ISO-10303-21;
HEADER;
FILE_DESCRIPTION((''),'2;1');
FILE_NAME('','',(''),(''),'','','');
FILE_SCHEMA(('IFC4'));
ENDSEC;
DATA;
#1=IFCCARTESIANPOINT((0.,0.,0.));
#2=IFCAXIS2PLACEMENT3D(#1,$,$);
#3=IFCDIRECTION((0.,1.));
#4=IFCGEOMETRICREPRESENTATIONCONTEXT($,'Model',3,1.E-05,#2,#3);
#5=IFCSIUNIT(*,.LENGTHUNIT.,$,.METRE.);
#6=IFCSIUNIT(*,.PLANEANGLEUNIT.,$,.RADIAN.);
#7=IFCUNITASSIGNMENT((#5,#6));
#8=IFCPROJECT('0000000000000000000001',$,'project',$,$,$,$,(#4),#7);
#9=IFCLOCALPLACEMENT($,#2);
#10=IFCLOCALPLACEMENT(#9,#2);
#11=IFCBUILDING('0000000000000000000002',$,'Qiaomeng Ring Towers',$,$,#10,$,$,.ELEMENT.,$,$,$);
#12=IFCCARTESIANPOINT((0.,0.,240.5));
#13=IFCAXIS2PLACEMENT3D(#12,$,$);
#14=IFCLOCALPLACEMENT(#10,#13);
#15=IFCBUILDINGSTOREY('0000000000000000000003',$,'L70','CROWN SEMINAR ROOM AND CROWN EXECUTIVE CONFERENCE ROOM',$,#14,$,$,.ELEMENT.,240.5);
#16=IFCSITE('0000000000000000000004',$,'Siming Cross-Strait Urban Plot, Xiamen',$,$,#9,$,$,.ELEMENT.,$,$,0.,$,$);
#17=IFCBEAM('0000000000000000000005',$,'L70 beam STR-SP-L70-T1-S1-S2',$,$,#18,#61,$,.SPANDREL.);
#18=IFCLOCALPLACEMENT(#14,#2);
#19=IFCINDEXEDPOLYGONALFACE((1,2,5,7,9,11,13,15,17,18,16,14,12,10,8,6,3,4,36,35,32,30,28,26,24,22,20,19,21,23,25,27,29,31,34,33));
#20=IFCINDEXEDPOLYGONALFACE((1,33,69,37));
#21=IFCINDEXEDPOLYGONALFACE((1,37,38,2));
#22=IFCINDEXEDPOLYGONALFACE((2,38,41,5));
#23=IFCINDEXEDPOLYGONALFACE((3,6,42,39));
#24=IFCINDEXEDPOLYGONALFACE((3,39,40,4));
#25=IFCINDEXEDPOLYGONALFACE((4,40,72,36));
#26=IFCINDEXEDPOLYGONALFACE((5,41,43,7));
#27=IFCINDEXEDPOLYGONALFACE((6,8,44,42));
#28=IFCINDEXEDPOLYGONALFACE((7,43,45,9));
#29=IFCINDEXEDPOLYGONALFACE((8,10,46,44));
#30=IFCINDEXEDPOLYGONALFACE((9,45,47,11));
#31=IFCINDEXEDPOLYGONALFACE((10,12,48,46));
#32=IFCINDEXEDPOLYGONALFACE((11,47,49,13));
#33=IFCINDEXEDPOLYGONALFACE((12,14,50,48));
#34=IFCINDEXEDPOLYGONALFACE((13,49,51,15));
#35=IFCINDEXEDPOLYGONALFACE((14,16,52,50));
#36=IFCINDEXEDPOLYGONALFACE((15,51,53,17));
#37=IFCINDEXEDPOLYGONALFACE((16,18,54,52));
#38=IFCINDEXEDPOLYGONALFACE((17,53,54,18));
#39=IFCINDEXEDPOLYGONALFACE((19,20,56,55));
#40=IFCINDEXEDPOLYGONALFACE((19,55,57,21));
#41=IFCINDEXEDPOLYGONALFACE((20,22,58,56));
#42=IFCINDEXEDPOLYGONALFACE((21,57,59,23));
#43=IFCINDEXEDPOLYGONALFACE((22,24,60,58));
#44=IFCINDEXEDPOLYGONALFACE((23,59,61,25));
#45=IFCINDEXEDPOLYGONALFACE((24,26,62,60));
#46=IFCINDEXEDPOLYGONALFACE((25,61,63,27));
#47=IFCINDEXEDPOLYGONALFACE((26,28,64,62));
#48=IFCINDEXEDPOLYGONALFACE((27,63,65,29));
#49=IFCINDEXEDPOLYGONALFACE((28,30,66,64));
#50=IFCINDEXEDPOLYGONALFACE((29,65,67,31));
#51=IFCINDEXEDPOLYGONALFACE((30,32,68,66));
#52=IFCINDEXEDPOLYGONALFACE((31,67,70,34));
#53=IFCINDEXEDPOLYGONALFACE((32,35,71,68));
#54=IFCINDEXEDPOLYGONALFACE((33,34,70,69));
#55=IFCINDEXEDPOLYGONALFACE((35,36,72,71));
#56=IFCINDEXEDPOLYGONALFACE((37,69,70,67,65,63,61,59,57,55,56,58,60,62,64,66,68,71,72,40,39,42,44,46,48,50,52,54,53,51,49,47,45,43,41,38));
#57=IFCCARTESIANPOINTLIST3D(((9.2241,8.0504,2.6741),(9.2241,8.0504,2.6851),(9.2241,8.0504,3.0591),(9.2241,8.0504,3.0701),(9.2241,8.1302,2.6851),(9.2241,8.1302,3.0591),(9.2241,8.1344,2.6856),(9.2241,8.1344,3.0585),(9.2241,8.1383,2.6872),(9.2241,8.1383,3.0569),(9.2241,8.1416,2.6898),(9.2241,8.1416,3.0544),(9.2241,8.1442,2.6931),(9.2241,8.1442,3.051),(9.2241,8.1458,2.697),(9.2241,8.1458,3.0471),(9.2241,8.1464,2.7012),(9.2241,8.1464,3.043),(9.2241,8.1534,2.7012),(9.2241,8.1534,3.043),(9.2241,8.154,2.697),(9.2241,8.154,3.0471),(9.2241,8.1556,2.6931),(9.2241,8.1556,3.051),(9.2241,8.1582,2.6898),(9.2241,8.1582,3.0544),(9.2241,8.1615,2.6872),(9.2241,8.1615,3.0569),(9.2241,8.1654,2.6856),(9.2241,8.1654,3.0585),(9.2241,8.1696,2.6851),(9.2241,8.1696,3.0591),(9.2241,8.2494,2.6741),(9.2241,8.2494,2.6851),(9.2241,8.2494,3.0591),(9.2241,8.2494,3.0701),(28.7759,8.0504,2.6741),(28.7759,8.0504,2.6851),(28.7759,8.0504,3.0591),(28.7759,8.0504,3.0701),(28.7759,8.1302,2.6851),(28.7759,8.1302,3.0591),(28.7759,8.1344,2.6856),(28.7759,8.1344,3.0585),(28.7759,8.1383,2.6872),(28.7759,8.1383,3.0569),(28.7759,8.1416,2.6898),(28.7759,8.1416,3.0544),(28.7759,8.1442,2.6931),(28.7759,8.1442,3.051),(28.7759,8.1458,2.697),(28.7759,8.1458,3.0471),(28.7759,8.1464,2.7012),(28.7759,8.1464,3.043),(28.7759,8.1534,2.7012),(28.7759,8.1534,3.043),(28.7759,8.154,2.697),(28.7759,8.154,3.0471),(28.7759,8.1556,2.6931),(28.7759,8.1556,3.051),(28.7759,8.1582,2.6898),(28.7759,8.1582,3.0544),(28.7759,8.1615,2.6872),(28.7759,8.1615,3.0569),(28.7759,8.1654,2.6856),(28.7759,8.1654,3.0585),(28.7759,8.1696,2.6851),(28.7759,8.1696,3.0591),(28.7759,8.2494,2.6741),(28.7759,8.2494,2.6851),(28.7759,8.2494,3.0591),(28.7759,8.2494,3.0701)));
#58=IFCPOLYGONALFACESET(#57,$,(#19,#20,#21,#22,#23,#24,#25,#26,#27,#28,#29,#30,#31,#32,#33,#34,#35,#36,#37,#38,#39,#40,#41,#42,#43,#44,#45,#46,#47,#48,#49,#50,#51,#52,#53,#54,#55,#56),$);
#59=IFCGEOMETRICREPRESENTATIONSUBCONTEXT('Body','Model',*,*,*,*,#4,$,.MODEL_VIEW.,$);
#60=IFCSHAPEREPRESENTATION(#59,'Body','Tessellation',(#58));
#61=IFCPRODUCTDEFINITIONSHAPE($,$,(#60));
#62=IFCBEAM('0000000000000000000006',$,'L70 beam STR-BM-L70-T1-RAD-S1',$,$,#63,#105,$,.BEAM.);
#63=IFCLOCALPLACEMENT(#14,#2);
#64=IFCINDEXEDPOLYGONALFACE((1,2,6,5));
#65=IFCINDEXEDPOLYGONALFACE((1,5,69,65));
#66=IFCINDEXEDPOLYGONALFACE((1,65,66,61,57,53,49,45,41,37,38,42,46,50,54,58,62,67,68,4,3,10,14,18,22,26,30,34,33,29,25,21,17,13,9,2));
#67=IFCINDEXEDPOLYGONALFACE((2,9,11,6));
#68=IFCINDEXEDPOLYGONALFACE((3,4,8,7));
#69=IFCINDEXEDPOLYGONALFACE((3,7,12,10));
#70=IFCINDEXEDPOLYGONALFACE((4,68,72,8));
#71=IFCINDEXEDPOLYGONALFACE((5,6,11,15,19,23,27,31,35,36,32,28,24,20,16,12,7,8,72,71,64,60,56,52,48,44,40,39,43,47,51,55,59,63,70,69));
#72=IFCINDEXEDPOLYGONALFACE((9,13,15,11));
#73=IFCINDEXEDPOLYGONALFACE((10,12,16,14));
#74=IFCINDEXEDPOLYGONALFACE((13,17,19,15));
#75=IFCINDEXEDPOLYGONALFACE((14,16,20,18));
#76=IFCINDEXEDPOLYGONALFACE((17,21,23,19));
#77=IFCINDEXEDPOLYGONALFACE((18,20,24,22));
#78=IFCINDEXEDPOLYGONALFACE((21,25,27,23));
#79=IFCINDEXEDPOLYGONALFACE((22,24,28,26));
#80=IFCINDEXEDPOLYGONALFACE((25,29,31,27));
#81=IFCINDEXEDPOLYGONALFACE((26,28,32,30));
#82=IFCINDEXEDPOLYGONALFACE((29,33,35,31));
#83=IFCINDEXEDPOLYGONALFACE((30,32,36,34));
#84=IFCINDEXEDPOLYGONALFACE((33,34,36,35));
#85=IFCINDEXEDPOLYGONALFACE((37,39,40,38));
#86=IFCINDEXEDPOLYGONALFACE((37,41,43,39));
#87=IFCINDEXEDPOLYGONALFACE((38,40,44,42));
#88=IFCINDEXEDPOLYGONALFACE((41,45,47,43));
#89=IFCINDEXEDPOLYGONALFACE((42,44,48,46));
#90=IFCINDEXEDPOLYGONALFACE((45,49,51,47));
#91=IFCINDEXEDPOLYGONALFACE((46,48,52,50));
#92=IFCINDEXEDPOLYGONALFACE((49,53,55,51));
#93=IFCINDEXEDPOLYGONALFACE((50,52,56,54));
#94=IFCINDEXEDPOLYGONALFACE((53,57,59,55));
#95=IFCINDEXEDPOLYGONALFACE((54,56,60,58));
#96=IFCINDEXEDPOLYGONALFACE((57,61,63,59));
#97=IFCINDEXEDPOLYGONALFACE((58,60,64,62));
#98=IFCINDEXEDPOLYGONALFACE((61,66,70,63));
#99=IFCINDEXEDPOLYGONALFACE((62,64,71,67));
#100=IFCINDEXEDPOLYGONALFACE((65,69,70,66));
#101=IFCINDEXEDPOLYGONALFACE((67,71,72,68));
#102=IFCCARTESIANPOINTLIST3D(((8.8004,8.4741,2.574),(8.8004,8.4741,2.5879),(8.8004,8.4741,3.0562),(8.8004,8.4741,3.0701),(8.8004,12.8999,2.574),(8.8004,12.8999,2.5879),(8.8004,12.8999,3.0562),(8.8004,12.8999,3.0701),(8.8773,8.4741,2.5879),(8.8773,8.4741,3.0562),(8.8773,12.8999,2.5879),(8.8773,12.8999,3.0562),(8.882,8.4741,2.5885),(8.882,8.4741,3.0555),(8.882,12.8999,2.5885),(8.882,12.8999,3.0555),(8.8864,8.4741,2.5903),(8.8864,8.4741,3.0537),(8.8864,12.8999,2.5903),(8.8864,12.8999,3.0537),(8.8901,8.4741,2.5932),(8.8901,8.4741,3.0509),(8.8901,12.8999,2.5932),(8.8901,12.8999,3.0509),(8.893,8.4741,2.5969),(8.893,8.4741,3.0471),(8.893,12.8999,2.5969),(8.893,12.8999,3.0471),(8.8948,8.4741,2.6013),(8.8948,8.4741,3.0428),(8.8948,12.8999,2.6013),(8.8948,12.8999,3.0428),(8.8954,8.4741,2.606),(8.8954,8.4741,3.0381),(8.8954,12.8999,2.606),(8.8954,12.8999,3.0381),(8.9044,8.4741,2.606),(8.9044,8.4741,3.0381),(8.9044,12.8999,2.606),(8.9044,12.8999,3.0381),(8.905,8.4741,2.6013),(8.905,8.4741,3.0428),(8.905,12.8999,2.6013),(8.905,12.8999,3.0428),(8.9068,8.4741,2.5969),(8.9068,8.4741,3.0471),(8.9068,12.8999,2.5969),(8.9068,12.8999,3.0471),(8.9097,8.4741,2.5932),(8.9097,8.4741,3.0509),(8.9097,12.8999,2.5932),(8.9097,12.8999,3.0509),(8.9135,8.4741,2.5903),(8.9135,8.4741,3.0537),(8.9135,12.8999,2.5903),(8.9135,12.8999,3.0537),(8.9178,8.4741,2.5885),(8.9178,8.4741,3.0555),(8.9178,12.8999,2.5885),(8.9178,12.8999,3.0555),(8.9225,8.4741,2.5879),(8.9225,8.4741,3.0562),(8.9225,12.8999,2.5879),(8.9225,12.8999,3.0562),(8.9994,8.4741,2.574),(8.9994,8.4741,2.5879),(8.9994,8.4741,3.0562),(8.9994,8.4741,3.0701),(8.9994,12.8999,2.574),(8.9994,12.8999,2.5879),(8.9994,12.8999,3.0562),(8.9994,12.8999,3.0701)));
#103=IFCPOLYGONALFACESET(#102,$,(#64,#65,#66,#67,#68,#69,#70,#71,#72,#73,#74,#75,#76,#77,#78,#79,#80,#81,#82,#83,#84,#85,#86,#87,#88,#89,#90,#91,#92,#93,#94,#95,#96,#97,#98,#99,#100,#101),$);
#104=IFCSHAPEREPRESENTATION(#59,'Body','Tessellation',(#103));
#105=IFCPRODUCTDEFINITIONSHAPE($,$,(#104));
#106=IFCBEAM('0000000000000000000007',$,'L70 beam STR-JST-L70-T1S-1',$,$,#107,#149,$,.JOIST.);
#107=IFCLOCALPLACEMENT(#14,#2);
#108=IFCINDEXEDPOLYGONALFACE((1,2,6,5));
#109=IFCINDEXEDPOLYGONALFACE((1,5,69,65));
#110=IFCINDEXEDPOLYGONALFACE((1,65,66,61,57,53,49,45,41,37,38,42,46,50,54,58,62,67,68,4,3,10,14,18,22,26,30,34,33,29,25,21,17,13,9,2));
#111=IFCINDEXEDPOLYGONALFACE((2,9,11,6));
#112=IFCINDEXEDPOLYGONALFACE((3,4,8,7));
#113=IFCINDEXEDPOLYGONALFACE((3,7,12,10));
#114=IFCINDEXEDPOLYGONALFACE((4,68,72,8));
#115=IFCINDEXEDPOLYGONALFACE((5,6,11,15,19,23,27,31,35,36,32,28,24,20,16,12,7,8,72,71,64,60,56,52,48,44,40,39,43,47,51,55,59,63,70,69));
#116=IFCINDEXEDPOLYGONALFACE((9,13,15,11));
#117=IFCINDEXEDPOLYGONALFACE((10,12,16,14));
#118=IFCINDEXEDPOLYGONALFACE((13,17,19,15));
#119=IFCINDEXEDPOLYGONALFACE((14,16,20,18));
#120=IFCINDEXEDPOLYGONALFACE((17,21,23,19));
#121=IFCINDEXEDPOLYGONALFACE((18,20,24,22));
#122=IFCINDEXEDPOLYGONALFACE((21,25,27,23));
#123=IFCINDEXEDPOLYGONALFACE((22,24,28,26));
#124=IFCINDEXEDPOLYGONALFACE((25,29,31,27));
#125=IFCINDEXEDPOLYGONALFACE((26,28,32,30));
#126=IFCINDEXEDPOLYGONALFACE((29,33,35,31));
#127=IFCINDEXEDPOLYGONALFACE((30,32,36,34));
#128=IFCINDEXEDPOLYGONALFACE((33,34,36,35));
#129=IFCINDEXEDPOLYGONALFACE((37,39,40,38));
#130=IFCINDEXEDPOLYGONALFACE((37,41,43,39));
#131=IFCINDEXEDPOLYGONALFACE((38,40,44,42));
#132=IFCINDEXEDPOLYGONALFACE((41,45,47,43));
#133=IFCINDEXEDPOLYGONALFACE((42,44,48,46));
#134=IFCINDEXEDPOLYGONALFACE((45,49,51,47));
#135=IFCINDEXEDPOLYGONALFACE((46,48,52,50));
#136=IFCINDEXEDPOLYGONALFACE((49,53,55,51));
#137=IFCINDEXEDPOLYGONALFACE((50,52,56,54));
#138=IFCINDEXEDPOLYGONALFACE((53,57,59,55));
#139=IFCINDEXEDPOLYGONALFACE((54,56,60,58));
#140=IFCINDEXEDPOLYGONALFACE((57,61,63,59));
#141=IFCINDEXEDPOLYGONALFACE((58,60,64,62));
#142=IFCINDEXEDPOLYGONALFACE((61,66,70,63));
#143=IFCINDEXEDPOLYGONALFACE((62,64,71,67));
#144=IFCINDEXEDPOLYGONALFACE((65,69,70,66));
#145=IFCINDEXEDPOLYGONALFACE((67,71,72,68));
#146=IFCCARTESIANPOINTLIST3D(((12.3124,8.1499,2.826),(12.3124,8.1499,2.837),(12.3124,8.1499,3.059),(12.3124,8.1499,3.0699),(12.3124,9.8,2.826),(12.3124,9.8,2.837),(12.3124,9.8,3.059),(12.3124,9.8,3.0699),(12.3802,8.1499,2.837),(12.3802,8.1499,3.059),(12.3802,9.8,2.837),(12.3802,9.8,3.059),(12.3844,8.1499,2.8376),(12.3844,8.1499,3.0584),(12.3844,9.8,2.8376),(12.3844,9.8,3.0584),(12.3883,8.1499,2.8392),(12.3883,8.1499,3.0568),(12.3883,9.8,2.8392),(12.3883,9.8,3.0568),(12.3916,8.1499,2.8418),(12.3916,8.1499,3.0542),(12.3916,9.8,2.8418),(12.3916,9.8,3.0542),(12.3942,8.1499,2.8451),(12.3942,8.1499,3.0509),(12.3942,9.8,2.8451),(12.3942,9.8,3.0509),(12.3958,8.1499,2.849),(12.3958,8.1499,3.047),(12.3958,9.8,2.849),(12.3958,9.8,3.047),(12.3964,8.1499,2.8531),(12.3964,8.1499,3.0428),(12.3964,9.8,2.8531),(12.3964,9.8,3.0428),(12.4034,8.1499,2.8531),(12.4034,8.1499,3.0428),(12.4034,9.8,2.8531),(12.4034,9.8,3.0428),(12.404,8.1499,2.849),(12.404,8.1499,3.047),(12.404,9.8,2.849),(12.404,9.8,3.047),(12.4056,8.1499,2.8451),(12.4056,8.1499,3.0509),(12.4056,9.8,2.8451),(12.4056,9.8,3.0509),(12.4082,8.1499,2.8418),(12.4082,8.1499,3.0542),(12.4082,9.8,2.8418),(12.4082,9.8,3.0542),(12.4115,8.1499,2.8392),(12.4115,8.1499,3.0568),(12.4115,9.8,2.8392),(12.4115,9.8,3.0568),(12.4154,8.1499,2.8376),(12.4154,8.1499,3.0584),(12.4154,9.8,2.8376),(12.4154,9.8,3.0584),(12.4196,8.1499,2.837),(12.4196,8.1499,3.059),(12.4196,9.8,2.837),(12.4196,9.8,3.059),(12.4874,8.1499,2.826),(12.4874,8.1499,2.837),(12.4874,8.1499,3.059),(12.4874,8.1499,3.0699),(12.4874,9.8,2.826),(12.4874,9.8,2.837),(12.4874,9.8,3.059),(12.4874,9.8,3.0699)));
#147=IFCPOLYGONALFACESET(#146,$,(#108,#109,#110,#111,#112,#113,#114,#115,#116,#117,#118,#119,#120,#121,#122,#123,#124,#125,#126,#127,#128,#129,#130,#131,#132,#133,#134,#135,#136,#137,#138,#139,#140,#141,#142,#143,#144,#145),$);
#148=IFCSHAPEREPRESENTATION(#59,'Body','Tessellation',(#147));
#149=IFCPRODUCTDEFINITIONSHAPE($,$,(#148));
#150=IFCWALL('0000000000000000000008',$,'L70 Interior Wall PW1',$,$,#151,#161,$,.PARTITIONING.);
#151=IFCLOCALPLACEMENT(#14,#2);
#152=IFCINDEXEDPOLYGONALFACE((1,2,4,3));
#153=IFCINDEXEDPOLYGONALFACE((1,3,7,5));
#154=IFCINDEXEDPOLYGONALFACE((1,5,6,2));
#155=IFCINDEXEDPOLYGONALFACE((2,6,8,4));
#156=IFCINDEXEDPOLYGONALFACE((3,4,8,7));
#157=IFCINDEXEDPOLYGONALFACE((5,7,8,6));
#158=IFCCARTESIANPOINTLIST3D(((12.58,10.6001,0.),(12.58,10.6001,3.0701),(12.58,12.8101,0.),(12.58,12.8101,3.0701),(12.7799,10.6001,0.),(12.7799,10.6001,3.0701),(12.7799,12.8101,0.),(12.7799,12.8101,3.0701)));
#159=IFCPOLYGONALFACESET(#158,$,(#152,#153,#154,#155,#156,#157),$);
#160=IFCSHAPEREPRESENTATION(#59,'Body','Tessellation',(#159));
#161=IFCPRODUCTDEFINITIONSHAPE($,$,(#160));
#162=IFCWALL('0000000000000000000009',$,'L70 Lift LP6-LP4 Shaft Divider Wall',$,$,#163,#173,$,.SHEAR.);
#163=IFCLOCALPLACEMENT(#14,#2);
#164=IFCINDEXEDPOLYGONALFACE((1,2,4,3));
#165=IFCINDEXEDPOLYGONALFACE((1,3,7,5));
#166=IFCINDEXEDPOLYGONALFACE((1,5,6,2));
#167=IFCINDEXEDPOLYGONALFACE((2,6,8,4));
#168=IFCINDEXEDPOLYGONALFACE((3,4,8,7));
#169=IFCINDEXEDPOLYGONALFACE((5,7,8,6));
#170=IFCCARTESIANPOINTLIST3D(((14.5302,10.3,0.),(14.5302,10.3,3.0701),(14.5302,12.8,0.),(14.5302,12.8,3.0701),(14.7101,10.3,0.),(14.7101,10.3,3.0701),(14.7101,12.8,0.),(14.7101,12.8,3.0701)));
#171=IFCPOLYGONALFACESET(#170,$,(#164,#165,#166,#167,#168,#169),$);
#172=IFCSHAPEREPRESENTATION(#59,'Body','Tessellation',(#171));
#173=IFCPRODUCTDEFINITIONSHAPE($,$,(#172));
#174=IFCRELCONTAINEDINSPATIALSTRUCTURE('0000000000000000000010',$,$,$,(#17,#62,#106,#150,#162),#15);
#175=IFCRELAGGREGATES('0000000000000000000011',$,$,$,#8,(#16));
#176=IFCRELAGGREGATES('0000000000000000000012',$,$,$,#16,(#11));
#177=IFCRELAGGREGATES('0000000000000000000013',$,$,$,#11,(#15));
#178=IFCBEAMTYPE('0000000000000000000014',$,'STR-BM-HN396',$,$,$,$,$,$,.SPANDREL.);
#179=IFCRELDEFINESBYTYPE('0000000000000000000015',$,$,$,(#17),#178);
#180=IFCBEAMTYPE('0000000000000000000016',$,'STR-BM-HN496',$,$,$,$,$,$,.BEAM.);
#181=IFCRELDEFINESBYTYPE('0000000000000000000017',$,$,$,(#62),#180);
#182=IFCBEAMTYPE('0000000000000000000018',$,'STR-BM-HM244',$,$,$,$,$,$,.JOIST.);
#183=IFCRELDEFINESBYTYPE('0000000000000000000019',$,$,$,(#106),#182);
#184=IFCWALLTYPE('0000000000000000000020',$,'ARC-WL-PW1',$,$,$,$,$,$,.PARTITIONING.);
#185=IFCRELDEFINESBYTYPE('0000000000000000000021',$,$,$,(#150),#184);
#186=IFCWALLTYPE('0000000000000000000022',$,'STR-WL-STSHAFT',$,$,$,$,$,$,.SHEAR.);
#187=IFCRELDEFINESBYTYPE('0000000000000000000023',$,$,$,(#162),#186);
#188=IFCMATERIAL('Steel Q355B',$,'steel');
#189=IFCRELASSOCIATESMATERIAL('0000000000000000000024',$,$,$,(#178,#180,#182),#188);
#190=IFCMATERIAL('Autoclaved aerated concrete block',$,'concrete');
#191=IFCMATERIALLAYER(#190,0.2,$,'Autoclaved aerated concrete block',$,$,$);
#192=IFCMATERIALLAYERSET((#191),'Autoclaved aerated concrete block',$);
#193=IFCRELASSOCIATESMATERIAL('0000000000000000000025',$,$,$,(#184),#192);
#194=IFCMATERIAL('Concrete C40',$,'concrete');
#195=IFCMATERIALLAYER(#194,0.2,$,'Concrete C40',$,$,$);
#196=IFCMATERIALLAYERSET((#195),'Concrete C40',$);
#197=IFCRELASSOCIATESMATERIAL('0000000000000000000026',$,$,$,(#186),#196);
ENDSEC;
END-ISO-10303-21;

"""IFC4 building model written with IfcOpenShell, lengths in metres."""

from ifc_helpers import new_model, si_unit, direction, frame, frame_2d, origin, origin_2d, place, context, subcontext, project, spatial, rectangle, i_section, extrude, source, transform, mapped, material, layer, layer_set, material_profile, profile_set, type_object, element, save


model = new_model("IFC4")

# Units and contexts
model_context = context("Model", 3, precision=1e-05, world=origin(), true_north=direction((0.0, 1.0)))
body_context = subcontext(model_context, "Body", "Model", "MODEL_VIEW")
ifc_project = project(units=[si_unit("LENGTHUNIT", "METRE"), si_unit("PLANEANGLEUNIT", "RADIAN")], contexts=[model_context])

# Site, building, storey
site_placement = place(None, origin())
site = spatial("IfcSite", under=ifc_project, at=site_placement, Name="Siming Cross-Strait Urban Plot, Xiamen", CompositionType="ELEMENT", RefElevation=0.0)
building_placement = place(site_placement, origin())
building = spatial("IfcBuilding", under=site, at=building_placement, Name="Qiaomeng Ring Towers", CompositionType="ELEMENT")
storey_placement = place(building_placement, frame((0.0, 0.0, 240.5)))
storey = spatial("IfcBuildingStorey", under=building, at=storey_placement, Name="L70", Description="CROWN SEMINAR ROOM AND CROWN EXECUTIVE CONFERENCE ROOM", CompositionType="ELEMENT", Elevation=240.5)

# Beams
ifc_material_1 = material(Name="Steel Q355B", Category="steel")
ifc_material_profile_1 = material_profile(ifc_material_1, i_section(OverallWidth=0.199, OverallDepth=0.396, WebThickness=0.0071, FlangeThickness=0.011, FilletRadius=0.0161, at=origin_2d()), Name="HN 396x199x7x11")
ifc_profile_set_1 = profile_set([ifc_material_profile_1], Name="Steel Q355B")
beam_type_1 = type_object("IfcBeamType", Name="STR-BM-HN396", PredefinedType="SPANDREL", material=ifc_profile_set_1)
shared_shape_1 = source(origin(), body_context, "Body", "SweptSolid", [
    extrude(i_section(OverallWidth=0.199, OverallDepth=0.396, WebThickness=0.0071, FlangeThickness=0.011, FilletRadius=0.0161, at=origin_2d()), origin(), (0.0, 0.0, 1.0), 19.5518),
])
beam_1_placement = place(storey_placement, frame((9.2241, 8.1499, 2.8721), z_axis=(1.0, 0.0, 0.0), x_axis=(0.0, 1.0, 0.0)))
element("IfcBeam", 1, at=beam_1_placement, inside=storey, type_object=beam_type_1, Name="L70 beam STR-SP-L70-T1-S1-S2", PredefinedType="SPANDREL", context=body_context, shape_type="MappedRepresentation", body=[
    mapped(shared_shape_1, transform((0.0, 0.0, 0.0), x_axis=(1.0, 0.0, 0.0), y_axis=(0.0, 1.0, 0.0), z_axis=(0.0, 0.0, 1.0), scale=1.0)),
])
ifc_material_profile_2 = material_profile(ifc_material_1, i_section(OverallWidth=0.199, OverallDepth=0.4961, WebThickness=0.009, FlangeThickness=0.0139, FilletRadius=0.0181, at=origin_2d()), Name="HN 496x199x9x14")
ifc_profile_set_2 = profile_set([ifc_material_profile_2], Name="Steel Q355B")
beam_type_2 = type_object("IfcBeamType", Name="STR-BM-HN496", PredefinedType="BEAM", material=ifc_profile_set_2)
shared_shape_2 = source(origin(), body_context, "Body", "SweptSolid", [
    extrude(i_section(OverallWidth=0.199, OverallDepth=0.4961, WebThickness=0.009, FlangeThickness=0.0139, FilletRadius=0.0181, at=origin_2d()), origin(), (0.0, 0.0, 1.0), 4.4258),
])
beam_2_placement = place(storey_placement, frame((8.8999, 8.4741, 2.822), z_axis=(0.0, 1.0, 0.0), x_axis=(-1.0, 0.0, 0.0)))
element("IfcBeam", 2, at=beam_2_placement, inside=storey, type_object=beam_type_2, Name="L70 beam STR-BM-L70-T1-RAD-S1", PredefinedType="BEAM", context=body_context, shape_type="MappedRepresentation", body=[
    mapped(shared_shape_2, transform((0.0, 0.0, 0.0), x_axis=(1.0, 0.0, 0.0), y_axis=(0.0, 1.0, 0.0), z_axis=(0.0, 0.0, 1.0), scale=1.0)),
])
ifc_material_profile_3 = material_profile(ifc_material_1, i_section(OverallWidth=0.175, OverallDepth=0.2439, WebThickness=0.0071, FlangeThickness=0.011, FilletRadius=0.0161, at=origin_2d()), Name="HM 244x175x7x11")
ifc_profile_set_3 = profile_set([ifc_material_profile_3], Name="Steel Q355B")
beam_type_3 = type_object("IfcBeamType", Name="STR-BM-HM244", PredefinedType="JOIST", material=ifc_profile_set_3)
shared_shape_3 = source(origin(), body_context, "Body", "SweptSolid", [
    extrude(i_section(OverallWidth=0.175, OverallDepth=0.2439, WebThickness=0.0071, FlangeThickness=0.011, FilletRadius=0.0161, at=origin_2d()), origin(), (0.0, 0.0, 1.0), 1.6501),
])
beam_3_placement = place(storey_placement, frame((12.3999, 8.1499, 2.948), z_axis=(0.0, 1.0, 0.0), x_axis=(-1.0, 0.0, 0.0)))
element("IfcBeam", 3, at=beam_3_placement, inside=storey, type_object=beam_type_3, Name="L70 beam STR-JST-L70-T1S-1", PredefinedType="JOIST", context=body_context, shape_type="MappedRepresentation", body=[
    mapped(shared_shape_3, transform((0.0, 0.0, 0.0), x_axis=(1.0, 0.0, 0.0), y_axis=(0.0, 1.0, 0.0), z_axis=(0.0, 0.0, 1.0), scale=1.0)),
])

# Walls
ifc_material_2 = material(Name="Autoclaved aerated concrete block", Category="concrete")
ifc_layer_1 = layer(ifc_material_2, 0.2, Name="Autoclaved aerated concrete block")
ifc_layer_set_1 = layer_set([ifc_layer_1], Name="Autoclaved aerated concrete block")
wall_type_1 = type_object("IfcWallType", Name="ARC-WL-PW1", PredefinedType="PARTITIONING", material=ifc_layer_set_1)
wall_1_placement = place(storey_placement, frame((12.6799, 10.6001, 0.0), z_axis=(0.0, 0.0, 1.0), x_axis=(0.0, 1.0, 0.0)))
element("IfcWall", 4, at=wall_1_placement, inside=storey, type_object=wall_type_1, Name="L70 Interior Wall PW1", PredefinedType="PARTITIONING", context=body_context, shape_type="SweptSolid", body=[
    extrude(rectangle(XDim=2.21, YDim=0.2, at=frame_2d((1.105, 0.0))), origin(), (0.0, 0.0, 1.0), 3.0701),
])
ifc_material_3 = material(Name="Concrete C40", Category="concrete")
ifc_layer_2 = layer(ifc_material_3, 0.2, Name="Concrete C40")
ifc_layer_set_2 = layer_set([ifc_layer_2], Name="Concrete C40")
wall_type_2 = type_object("IfcWallType", Name="STR-WL-STSHAFT", PredefinedType="SHEAR", material=ifc_layer_set_2)
wall_2_placement = place(storey_placement, frame((14.6201, 10.3, 0.0), z_axis=(0.0, 0.0, 1.0), x_axis=(0.0, 1.0, 0.0)))
element("IfcWall", 5, at=wall_2_placement, inside=storey, type_object=wall_type_2, Name="L70 Lift LP6-LP4 Shaft Divider Wall", PredefinedType="SHEAR", context=body_context, shape_type="SweptSolid", body=[
    extrude(rectangle(XDim=2.5, YDim=0.1799, at=frame_2d((1.25, 0.0))), origin(), (0.0, 0.0, 1.0), 3.0701),
])

save(model, "model.ifc")
